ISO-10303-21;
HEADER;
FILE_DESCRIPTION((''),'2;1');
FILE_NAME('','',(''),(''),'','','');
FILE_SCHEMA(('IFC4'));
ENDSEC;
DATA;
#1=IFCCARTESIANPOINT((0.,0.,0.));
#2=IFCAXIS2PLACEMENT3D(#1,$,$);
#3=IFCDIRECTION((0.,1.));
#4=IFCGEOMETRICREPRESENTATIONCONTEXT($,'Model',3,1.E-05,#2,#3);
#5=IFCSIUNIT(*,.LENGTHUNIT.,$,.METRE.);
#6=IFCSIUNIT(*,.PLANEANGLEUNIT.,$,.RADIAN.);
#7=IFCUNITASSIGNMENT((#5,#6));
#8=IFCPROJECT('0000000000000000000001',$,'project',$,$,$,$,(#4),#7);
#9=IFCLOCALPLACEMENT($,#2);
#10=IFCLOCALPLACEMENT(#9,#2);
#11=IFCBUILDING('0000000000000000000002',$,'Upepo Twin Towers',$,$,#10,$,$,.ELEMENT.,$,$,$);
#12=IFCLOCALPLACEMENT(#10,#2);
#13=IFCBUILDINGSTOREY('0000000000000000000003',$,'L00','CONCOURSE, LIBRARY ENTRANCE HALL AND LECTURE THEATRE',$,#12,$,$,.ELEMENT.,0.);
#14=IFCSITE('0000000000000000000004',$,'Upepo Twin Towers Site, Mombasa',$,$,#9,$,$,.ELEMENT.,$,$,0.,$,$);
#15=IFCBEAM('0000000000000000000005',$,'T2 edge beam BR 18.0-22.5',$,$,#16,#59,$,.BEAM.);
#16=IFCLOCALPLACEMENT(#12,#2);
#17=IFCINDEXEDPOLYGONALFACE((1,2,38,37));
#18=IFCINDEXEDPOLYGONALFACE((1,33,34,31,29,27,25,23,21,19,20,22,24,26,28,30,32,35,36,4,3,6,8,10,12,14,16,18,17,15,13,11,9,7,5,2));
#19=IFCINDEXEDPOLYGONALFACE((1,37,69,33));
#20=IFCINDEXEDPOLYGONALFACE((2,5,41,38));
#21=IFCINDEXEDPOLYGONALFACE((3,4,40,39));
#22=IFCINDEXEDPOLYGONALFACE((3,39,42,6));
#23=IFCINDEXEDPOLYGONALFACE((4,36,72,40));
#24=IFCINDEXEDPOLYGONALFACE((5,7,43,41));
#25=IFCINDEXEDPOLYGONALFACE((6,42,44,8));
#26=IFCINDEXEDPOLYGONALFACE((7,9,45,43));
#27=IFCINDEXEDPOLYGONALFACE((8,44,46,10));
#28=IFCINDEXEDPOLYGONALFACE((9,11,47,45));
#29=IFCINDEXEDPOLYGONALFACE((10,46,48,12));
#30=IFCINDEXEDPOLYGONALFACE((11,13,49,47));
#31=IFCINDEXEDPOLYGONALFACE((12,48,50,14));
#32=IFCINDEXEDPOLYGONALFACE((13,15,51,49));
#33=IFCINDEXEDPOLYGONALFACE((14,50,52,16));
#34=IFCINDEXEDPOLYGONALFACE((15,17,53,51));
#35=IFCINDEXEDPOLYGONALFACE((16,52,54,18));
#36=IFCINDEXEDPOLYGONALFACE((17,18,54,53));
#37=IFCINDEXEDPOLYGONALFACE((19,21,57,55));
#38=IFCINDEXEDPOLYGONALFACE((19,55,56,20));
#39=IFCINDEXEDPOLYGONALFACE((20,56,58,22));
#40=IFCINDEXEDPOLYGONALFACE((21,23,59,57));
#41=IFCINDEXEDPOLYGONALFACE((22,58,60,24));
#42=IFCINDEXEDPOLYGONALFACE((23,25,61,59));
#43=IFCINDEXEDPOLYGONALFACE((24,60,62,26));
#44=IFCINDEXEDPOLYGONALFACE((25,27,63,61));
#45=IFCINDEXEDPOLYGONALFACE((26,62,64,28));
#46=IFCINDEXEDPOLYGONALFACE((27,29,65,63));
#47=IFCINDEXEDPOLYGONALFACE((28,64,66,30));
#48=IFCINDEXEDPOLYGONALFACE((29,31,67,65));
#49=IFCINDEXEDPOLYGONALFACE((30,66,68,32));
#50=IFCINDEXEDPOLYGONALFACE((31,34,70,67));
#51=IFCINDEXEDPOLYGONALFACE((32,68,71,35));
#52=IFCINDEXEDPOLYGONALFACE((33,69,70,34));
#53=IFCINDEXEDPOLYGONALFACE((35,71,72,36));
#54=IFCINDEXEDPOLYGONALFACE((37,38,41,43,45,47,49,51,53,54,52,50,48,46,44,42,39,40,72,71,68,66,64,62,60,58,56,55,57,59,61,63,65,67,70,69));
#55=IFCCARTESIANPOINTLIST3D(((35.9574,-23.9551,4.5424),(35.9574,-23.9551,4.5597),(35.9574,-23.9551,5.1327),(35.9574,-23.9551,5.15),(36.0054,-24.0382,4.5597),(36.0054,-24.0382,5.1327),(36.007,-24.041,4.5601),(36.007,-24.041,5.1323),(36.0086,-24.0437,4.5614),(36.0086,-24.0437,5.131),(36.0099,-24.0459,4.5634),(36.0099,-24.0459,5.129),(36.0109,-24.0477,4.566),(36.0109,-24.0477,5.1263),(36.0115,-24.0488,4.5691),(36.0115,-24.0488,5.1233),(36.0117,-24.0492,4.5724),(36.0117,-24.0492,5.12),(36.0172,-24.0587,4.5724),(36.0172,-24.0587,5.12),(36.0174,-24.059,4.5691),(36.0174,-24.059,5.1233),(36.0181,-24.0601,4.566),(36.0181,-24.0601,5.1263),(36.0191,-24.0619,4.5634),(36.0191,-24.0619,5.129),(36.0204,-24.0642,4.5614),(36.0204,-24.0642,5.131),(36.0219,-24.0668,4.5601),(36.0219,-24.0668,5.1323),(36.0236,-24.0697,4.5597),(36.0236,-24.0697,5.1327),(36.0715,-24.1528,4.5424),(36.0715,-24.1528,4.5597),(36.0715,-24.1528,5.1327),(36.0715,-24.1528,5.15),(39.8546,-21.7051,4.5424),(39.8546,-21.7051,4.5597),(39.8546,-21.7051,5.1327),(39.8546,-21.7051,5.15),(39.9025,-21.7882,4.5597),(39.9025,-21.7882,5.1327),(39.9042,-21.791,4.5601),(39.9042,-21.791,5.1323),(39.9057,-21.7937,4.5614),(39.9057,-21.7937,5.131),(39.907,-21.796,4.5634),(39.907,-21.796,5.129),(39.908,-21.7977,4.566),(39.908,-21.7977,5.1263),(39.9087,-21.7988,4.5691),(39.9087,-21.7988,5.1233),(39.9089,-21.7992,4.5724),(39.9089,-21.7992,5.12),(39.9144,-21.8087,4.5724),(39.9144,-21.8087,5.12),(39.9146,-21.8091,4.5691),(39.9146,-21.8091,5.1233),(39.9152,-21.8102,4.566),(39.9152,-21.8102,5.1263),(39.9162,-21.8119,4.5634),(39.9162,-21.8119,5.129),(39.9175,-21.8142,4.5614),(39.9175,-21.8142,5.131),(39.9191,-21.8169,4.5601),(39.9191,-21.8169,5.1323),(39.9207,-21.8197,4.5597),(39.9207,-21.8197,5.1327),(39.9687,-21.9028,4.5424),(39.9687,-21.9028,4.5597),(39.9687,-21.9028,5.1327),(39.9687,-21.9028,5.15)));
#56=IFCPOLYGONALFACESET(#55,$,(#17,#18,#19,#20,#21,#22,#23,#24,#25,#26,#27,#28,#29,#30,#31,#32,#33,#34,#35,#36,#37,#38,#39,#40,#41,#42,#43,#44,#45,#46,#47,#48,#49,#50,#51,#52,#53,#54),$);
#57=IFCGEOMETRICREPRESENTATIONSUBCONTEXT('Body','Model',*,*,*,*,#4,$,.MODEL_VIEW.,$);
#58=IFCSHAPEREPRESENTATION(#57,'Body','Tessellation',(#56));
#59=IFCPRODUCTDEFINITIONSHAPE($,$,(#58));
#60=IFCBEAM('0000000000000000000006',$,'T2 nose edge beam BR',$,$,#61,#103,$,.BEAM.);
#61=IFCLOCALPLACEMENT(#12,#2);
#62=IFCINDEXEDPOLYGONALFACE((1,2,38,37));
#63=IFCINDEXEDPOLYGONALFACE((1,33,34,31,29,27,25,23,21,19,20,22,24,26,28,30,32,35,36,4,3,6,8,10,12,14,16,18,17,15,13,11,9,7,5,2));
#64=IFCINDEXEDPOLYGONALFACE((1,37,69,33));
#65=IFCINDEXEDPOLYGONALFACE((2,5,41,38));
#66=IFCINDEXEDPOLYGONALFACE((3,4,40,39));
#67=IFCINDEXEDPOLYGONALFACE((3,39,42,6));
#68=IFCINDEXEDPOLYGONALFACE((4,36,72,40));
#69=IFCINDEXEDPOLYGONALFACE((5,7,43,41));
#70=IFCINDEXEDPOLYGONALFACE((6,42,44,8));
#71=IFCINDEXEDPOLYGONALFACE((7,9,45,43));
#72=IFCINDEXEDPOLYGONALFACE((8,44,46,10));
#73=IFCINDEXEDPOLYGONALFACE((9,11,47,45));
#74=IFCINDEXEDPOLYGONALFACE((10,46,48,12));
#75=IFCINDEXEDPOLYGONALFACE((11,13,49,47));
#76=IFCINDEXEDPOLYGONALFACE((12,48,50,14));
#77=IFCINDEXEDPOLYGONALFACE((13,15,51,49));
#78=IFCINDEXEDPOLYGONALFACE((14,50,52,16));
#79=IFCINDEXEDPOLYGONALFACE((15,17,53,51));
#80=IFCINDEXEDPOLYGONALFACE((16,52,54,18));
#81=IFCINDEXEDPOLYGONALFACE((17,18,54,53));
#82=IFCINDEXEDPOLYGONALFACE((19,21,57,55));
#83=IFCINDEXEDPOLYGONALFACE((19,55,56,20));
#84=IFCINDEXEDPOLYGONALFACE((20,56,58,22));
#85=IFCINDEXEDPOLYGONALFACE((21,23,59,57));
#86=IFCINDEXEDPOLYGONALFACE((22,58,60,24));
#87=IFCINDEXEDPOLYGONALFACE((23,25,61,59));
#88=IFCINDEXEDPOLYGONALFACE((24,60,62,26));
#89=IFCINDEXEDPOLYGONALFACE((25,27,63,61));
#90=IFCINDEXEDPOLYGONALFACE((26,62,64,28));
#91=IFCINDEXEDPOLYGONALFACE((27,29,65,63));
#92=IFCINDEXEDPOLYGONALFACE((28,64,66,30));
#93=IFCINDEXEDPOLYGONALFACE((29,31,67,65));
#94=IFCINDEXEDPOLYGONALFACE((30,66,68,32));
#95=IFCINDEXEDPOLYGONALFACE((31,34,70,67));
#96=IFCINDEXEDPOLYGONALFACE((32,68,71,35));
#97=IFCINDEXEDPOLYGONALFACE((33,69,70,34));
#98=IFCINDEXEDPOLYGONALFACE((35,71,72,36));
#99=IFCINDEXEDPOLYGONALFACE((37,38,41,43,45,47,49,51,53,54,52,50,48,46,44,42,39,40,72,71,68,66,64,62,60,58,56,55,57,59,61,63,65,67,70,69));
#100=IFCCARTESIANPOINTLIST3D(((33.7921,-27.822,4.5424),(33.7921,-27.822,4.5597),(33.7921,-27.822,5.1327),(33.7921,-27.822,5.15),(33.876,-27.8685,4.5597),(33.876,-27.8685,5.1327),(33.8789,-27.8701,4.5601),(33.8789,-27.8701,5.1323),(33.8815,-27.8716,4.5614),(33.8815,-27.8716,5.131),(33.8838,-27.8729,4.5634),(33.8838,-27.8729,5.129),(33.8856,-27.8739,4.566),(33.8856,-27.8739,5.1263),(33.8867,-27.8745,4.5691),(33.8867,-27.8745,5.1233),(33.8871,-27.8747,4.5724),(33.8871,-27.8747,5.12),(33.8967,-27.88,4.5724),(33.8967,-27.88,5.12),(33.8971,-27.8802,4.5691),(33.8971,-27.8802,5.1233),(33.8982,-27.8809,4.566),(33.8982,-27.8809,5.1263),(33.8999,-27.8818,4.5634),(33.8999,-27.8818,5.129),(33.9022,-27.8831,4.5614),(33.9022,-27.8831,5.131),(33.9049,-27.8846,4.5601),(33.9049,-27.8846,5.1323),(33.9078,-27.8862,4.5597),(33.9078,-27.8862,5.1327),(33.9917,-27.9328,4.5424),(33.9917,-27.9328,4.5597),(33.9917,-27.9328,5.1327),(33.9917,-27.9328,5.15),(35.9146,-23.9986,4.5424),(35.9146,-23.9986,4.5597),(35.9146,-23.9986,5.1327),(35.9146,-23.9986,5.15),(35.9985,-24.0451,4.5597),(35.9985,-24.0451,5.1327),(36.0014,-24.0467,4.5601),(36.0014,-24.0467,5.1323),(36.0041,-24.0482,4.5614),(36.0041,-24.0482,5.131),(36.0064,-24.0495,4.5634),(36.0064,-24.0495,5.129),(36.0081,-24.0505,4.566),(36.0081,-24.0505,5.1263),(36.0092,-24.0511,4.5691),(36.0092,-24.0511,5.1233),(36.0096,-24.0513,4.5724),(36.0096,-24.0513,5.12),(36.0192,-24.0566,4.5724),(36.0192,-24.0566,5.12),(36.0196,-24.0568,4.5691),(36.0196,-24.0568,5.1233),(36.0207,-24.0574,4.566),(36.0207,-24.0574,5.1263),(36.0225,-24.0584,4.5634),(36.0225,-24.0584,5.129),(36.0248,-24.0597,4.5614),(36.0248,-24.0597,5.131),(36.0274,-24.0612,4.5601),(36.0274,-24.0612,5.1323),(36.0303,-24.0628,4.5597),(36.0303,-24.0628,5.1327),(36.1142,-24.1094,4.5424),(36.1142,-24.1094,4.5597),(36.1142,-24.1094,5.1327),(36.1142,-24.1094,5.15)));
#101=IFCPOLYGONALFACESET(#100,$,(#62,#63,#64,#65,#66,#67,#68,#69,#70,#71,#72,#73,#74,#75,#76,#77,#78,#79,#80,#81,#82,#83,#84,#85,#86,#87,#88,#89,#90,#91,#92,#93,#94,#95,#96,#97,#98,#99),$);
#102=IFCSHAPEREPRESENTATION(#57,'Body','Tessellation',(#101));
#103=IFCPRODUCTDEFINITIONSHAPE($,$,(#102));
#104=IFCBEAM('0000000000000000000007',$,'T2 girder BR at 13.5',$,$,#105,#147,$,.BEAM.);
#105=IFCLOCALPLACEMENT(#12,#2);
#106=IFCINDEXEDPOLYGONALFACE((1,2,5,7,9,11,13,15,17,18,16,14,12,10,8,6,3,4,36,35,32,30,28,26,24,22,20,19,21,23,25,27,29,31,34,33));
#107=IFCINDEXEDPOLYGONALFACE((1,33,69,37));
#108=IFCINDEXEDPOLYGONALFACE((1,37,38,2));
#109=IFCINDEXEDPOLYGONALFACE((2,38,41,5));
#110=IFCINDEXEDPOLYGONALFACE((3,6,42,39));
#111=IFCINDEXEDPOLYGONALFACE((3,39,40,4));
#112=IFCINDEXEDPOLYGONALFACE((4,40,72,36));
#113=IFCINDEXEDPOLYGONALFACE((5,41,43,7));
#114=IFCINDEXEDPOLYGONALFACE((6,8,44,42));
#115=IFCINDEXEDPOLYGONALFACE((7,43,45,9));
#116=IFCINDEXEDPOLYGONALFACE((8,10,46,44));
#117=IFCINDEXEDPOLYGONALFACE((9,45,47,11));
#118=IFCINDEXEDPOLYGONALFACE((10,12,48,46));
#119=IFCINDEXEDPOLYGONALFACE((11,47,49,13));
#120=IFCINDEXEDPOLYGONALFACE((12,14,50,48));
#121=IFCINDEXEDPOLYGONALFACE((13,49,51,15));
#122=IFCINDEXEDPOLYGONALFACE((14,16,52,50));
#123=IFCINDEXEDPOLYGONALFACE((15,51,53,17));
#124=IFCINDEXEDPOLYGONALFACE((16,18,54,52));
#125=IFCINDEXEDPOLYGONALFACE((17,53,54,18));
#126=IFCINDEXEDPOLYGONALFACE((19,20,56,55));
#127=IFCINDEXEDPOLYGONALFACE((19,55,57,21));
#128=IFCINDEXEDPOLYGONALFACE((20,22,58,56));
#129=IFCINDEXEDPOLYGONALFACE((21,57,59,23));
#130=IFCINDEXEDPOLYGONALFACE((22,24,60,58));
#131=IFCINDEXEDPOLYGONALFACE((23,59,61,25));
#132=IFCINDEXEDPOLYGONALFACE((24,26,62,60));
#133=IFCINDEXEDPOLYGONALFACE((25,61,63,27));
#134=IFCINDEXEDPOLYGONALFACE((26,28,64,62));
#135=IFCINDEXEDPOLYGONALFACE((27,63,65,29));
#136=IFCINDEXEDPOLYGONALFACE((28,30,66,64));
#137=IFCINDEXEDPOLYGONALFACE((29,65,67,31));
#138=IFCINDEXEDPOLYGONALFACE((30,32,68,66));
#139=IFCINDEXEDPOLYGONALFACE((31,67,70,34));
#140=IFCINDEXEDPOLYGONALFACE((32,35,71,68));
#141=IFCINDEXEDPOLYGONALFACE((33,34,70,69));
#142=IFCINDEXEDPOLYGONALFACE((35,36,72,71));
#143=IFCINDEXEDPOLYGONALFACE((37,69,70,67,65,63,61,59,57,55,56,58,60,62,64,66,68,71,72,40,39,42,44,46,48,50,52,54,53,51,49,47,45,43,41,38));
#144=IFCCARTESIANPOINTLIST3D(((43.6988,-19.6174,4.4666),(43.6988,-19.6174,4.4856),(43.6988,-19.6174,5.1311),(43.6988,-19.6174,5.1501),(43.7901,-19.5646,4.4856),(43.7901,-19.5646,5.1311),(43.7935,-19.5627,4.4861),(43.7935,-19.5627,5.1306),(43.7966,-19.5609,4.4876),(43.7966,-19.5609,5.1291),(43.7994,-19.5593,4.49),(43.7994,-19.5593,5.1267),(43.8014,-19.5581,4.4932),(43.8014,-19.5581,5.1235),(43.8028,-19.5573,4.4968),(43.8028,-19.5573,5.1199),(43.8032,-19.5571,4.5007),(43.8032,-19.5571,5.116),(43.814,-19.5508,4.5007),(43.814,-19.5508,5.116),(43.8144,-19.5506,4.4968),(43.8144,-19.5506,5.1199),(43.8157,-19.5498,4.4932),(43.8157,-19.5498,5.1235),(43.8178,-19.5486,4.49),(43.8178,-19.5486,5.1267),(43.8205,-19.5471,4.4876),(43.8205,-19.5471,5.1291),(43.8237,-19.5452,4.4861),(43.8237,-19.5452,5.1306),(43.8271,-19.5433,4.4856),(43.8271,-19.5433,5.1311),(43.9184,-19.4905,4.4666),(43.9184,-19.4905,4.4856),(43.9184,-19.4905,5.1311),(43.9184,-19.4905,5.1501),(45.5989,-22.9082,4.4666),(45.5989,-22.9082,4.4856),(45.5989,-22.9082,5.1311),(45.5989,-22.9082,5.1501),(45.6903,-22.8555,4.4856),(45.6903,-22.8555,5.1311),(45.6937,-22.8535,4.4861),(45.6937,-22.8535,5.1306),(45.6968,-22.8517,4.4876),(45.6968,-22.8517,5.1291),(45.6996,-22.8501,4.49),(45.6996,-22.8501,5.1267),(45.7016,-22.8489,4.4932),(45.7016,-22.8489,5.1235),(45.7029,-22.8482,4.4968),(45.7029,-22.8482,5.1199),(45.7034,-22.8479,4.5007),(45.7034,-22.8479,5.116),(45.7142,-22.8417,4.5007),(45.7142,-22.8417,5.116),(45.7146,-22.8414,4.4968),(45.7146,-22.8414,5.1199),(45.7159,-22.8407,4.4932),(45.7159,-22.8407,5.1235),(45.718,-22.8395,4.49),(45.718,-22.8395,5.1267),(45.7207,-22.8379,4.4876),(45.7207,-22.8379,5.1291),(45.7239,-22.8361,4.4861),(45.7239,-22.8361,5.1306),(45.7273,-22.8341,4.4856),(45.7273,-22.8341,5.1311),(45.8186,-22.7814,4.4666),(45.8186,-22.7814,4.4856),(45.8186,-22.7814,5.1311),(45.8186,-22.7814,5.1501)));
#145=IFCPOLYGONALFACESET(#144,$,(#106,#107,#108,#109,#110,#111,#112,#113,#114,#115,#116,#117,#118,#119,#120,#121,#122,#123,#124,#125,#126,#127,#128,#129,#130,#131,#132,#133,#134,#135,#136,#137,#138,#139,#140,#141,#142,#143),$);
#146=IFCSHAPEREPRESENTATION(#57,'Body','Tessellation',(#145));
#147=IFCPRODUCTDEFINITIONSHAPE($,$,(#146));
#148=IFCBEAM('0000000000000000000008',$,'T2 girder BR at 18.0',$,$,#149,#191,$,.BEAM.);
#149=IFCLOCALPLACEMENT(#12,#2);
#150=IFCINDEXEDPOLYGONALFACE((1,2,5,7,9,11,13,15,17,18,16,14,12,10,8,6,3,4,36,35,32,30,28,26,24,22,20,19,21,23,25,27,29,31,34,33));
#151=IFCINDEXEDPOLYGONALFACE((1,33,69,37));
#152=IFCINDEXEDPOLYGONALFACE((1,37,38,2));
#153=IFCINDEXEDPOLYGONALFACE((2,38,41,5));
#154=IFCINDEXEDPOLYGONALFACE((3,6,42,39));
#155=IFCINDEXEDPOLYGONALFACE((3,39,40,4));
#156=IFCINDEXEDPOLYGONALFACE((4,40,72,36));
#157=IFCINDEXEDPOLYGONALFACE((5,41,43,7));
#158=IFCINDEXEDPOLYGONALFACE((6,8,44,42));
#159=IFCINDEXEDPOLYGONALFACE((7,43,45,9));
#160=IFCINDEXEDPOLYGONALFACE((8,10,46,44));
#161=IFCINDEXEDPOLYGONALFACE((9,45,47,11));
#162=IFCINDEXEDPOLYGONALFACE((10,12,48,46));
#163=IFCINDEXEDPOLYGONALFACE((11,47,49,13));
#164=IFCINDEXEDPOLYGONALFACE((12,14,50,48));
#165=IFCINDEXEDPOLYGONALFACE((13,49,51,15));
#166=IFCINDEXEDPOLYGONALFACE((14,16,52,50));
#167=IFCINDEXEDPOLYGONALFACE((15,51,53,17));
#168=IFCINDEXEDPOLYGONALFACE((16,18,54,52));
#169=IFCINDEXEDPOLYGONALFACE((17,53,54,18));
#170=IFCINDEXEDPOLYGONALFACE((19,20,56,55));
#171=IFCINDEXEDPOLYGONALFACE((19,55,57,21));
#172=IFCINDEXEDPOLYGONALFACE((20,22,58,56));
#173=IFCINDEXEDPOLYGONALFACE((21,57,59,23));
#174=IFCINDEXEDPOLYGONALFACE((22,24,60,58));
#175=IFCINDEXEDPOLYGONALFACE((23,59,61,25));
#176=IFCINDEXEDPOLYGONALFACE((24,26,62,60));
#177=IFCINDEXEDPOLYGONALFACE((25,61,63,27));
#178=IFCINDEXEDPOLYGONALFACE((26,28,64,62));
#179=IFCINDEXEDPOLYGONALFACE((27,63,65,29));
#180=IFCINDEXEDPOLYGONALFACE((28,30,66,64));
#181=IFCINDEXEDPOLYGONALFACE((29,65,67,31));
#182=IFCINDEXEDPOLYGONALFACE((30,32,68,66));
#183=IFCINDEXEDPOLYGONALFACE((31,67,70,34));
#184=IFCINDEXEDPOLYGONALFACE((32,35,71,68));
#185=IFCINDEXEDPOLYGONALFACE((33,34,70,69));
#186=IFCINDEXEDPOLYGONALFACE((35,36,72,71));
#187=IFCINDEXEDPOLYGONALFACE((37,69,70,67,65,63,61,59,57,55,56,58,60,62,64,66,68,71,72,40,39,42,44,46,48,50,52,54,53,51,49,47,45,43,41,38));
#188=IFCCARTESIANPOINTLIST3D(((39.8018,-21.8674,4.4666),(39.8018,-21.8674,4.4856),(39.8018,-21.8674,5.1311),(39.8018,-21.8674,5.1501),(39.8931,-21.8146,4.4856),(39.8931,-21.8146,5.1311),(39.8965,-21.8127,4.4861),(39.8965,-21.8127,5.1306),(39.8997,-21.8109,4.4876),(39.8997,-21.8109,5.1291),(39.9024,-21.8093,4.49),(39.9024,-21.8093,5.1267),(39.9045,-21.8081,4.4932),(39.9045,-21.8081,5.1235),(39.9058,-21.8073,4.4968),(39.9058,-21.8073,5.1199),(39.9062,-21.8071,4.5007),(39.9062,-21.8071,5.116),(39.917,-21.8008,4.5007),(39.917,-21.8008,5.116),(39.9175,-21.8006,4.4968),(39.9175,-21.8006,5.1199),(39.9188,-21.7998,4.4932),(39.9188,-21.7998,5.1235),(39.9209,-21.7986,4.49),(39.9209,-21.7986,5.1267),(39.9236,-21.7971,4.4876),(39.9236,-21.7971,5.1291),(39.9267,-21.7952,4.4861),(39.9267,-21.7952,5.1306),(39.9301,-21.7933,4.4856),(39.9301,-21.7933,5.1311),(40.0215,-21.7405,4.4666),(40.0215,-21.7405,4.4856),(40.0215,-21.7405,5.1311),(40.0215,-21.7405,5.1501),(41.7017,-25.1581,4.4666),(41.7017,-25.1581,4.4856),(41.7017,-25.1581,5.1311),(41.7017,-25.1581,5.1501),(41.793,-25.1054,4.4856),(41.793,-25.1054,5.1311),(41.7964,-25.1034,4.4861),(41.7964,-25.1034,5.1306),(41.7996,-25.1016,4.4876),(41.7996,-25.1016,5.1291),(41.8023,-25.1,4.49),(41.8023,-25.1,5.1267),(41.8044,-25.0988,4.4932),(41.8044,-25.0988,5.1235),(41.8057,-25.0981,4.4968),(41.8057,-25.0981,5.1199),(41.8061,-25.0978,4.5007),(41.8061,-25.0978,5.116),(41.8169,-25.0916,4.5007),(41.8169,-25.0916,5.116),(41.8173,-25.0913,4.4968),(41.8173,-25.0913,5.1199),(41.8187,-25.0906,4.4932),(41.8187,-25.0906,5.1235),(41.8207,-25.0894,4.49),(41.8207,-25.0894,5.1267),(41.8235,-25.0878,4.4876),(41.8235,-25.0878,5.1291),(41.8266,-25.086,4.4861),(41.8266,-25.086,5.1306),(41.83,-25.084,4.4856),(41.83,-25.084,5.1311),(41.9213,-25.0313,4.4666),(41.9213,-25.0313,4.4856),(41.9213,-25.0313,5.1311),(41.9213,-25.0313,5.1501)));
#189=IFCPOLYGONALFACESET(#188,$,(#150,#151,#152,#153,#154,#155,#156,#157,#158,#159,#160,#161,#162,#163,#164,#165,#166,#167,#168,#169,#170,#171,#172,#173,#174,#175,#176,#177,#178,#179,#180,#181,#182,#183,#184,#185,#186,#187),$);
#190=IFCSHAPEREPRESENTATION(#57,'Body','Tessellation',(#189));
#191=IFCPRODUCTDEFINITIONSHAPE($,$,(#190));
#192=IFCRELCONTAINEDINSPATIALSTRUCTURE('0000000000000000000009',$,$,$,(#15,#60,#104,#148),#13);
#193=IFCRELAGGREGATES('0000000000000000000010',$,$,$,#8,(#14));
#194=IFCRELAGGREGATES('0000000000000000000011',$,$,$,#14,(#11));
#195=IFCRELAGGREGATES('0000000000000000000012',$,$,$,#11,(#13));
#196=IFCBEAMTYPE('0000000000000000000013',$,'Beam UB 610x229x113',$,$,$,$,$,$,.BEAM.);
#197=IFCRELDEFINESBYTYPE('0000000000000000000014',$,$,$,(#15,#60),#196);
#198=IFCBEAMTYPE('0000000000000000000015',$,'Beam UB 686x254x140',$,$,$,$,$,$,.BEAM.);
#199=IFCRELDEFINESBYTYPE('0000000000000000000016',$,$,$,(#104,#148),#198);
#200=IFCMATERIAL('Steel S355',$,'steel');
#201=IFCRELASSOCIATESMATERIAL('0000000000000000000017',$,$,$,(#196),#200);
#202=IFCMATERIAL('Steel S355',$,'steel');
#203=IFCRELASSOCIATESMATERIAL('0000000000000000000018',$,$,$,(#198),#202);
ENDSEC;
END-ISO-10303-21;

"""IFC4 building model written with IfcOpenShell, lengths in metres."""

from ifc_helpers import new_model, si_unit, direction, frame, origin, origin_2d, place, context, subcontext, project, spatial, i_section, extrude, material, material_profile, profile_set, type_object, element, save


model = new_model("IFC4")

# Units and contexts
model_context = context("Model", 3, precision=1e-05, world=origin(), true_north=direction((0.0, 1.0)))
body_context = subcontext(model_context, "Body", "Model", "MODEL_VIEW")
ifc_project = project(units=[si_unit("LENGTHUNIT", "METRE"), si_unit("PLANEANGLEUNIT", "RADIAN")], contexts=[model_context])

# Site, building, storey
site_placement = place(None, origin())
site = spatial("IfcSite", under=ifc_project, at=site_placement, Name="Upepo Twin Towers Site, Mombasa", CompositionType="ELEMENT", RefElevation=0.0)
building_placement = place(site_placement, origin())
building = spatial("IfcBuilding", under=site, at=building_placement, Name="Upepo Twin Towers", CompositionType="ELEMENT")
storey_placement = place(building_placement, origin())
storey = spatial("IfcBuildingStorey", under=building, at=storey_placement, Name="L00", Description="CONCOURSE, LIBRARY ENTRANCE HALL AND LECTURE THEATRE", CompositionType="ELEMENT", Elevation=0.0)

# Beams
ifc_material_1 = material(Name="Steel S355", Category="steel")
ifc_material_profile_1 = material_profile(ifc_material_1, i_section(OverallWidth=0.2283, OverallDepth=0.6077, WebThickness=0.011, FlangeThickness=0.0173, FilletRadius=0.0127, at=origin_2d()), Name="UB 610x229x113")
ifc_profile_set_1 = profile_set([ifc_material_profile_1], Name="Steel S355")
beam_type_1 = type_object("IfcBeamType", Name="Beam UB 610x229x113", PredefinedType="BEAM", material=ifc_profile_set_1)
beam_1_placement = place(storey_placement, frame((39.9116, -21.804, 4.8462), z_axis=(-0.866031, -0.49999, 0.0), x_axis=(0.49999, -0.866031, 0.0)))
element("IfcBeam", 1, at=beam_1_placement, inside=storey, type_object=beam_type_1, Name="T2 edge beam BR 18.0-22.5", PredefinedType="BEAM", context=body_context, shape_type="SweptSolid", body=[
    extrude(i_section(OverallWidth=0.2283, OverallDepth=0.6077, WebThickness=0.011, FlangeThickness=0.0173, FilletRadius=0.0127, at=origin_2d()), origin(), (0.0, 0.0, 1.0), 4.5),
])
beam_2_placement = place(storey_placement, frame((36.0144, -24.054, 4.8462), z_axis=(-0.485363, -0.874313, 0.0), x_axis=(0.874313, -0.485363, 0.0)))
element("IfcBeam", 2, at=beam_2_placement, inside=storey, type_object=beam_type_1, Name="T2 nose edge beam BR", PredefinedType="BEAM", context=body_context, shape_type="SweptSolid", body=[
    extrude(i_section(OverallWidth=0.2283, OverallDepth=0.6077, WebThickness=0.011, FlangeThickness=0.0173, FilletRadius=0.0127, at=origin_2d()), origin(), (0.0, 0.0, 1.0), 4.373),
])
ifc_material_2 = material(Name="Steel S355", Category="steel")
ifc_material_profile_2 = material_profile(ifc_material_2, i_section(OverallWidth=0.2537, OverallDepth=0.6836, WebThickness=0.0125, FlangeThickness=0.019, FilletRadius=0.0151, at=origin_2d()), Name="UB 686x254x140")
ifc_profile_set_2 = profile_set([ifc_material_profile_2], Name="Steel S355")
beam_type_2 = type_object("IfcBeamType", Name="Beam UB 686x254x140", PredefinedType="BEAM", material=ifc_profile_set_2)
beam_3_placement = place(storey_placement, frame((43.8086, -19.554, 4.8083), z_axis=(0.500043, -0.866, 0.0), x_axis=(0.866, 0.500043, 0.0)))
element("IfcBeam", 3, at=beam_3_placement, inside=storey, type_object=beam_type_2, Name="T2 girder BR at 13.5", PredefinedType="BEAM", context=body_context, shape_type="SweptSolid", body=[
    extrude(i_section(OverallWidth=0.2537, OverallDepth=0.6836, WebThickness=0.0125, FlangeThickness=0.019, FilletRadius=0.0151, at=origin_2d()), origin(), (0.0, 0.0, 1.0), 3.8),
])
for number, where, z_axis, x_axis, name in (
    (4, (39.9116, -21.804, 4.8083), (0.499995, -0.866028, 0.0), (0.866028, 0.499995, 0.0), "T2 girder BR at 18.0"),
):
    element("IfcBeam", number, at=place(storey_placement, frame(where, z_axis=z_axis, x_axis=x_axis)), inside=storey, type_object=beam_type_2, Name=name, PredefinedType="BEAM", context=body_context, shape_type="SweptSolid", body=[
        extrude(i_section(OverallWidth=0.2537, OverallDepth=0.6836, WebThickness=0.0125, FlangeThickness=0.019, FilletRadius=0.0151, at=origin_2d()), origin(), (0.0, 0.0, 1.0), 3.7998),
    ])

save(model, "model.ifc")
